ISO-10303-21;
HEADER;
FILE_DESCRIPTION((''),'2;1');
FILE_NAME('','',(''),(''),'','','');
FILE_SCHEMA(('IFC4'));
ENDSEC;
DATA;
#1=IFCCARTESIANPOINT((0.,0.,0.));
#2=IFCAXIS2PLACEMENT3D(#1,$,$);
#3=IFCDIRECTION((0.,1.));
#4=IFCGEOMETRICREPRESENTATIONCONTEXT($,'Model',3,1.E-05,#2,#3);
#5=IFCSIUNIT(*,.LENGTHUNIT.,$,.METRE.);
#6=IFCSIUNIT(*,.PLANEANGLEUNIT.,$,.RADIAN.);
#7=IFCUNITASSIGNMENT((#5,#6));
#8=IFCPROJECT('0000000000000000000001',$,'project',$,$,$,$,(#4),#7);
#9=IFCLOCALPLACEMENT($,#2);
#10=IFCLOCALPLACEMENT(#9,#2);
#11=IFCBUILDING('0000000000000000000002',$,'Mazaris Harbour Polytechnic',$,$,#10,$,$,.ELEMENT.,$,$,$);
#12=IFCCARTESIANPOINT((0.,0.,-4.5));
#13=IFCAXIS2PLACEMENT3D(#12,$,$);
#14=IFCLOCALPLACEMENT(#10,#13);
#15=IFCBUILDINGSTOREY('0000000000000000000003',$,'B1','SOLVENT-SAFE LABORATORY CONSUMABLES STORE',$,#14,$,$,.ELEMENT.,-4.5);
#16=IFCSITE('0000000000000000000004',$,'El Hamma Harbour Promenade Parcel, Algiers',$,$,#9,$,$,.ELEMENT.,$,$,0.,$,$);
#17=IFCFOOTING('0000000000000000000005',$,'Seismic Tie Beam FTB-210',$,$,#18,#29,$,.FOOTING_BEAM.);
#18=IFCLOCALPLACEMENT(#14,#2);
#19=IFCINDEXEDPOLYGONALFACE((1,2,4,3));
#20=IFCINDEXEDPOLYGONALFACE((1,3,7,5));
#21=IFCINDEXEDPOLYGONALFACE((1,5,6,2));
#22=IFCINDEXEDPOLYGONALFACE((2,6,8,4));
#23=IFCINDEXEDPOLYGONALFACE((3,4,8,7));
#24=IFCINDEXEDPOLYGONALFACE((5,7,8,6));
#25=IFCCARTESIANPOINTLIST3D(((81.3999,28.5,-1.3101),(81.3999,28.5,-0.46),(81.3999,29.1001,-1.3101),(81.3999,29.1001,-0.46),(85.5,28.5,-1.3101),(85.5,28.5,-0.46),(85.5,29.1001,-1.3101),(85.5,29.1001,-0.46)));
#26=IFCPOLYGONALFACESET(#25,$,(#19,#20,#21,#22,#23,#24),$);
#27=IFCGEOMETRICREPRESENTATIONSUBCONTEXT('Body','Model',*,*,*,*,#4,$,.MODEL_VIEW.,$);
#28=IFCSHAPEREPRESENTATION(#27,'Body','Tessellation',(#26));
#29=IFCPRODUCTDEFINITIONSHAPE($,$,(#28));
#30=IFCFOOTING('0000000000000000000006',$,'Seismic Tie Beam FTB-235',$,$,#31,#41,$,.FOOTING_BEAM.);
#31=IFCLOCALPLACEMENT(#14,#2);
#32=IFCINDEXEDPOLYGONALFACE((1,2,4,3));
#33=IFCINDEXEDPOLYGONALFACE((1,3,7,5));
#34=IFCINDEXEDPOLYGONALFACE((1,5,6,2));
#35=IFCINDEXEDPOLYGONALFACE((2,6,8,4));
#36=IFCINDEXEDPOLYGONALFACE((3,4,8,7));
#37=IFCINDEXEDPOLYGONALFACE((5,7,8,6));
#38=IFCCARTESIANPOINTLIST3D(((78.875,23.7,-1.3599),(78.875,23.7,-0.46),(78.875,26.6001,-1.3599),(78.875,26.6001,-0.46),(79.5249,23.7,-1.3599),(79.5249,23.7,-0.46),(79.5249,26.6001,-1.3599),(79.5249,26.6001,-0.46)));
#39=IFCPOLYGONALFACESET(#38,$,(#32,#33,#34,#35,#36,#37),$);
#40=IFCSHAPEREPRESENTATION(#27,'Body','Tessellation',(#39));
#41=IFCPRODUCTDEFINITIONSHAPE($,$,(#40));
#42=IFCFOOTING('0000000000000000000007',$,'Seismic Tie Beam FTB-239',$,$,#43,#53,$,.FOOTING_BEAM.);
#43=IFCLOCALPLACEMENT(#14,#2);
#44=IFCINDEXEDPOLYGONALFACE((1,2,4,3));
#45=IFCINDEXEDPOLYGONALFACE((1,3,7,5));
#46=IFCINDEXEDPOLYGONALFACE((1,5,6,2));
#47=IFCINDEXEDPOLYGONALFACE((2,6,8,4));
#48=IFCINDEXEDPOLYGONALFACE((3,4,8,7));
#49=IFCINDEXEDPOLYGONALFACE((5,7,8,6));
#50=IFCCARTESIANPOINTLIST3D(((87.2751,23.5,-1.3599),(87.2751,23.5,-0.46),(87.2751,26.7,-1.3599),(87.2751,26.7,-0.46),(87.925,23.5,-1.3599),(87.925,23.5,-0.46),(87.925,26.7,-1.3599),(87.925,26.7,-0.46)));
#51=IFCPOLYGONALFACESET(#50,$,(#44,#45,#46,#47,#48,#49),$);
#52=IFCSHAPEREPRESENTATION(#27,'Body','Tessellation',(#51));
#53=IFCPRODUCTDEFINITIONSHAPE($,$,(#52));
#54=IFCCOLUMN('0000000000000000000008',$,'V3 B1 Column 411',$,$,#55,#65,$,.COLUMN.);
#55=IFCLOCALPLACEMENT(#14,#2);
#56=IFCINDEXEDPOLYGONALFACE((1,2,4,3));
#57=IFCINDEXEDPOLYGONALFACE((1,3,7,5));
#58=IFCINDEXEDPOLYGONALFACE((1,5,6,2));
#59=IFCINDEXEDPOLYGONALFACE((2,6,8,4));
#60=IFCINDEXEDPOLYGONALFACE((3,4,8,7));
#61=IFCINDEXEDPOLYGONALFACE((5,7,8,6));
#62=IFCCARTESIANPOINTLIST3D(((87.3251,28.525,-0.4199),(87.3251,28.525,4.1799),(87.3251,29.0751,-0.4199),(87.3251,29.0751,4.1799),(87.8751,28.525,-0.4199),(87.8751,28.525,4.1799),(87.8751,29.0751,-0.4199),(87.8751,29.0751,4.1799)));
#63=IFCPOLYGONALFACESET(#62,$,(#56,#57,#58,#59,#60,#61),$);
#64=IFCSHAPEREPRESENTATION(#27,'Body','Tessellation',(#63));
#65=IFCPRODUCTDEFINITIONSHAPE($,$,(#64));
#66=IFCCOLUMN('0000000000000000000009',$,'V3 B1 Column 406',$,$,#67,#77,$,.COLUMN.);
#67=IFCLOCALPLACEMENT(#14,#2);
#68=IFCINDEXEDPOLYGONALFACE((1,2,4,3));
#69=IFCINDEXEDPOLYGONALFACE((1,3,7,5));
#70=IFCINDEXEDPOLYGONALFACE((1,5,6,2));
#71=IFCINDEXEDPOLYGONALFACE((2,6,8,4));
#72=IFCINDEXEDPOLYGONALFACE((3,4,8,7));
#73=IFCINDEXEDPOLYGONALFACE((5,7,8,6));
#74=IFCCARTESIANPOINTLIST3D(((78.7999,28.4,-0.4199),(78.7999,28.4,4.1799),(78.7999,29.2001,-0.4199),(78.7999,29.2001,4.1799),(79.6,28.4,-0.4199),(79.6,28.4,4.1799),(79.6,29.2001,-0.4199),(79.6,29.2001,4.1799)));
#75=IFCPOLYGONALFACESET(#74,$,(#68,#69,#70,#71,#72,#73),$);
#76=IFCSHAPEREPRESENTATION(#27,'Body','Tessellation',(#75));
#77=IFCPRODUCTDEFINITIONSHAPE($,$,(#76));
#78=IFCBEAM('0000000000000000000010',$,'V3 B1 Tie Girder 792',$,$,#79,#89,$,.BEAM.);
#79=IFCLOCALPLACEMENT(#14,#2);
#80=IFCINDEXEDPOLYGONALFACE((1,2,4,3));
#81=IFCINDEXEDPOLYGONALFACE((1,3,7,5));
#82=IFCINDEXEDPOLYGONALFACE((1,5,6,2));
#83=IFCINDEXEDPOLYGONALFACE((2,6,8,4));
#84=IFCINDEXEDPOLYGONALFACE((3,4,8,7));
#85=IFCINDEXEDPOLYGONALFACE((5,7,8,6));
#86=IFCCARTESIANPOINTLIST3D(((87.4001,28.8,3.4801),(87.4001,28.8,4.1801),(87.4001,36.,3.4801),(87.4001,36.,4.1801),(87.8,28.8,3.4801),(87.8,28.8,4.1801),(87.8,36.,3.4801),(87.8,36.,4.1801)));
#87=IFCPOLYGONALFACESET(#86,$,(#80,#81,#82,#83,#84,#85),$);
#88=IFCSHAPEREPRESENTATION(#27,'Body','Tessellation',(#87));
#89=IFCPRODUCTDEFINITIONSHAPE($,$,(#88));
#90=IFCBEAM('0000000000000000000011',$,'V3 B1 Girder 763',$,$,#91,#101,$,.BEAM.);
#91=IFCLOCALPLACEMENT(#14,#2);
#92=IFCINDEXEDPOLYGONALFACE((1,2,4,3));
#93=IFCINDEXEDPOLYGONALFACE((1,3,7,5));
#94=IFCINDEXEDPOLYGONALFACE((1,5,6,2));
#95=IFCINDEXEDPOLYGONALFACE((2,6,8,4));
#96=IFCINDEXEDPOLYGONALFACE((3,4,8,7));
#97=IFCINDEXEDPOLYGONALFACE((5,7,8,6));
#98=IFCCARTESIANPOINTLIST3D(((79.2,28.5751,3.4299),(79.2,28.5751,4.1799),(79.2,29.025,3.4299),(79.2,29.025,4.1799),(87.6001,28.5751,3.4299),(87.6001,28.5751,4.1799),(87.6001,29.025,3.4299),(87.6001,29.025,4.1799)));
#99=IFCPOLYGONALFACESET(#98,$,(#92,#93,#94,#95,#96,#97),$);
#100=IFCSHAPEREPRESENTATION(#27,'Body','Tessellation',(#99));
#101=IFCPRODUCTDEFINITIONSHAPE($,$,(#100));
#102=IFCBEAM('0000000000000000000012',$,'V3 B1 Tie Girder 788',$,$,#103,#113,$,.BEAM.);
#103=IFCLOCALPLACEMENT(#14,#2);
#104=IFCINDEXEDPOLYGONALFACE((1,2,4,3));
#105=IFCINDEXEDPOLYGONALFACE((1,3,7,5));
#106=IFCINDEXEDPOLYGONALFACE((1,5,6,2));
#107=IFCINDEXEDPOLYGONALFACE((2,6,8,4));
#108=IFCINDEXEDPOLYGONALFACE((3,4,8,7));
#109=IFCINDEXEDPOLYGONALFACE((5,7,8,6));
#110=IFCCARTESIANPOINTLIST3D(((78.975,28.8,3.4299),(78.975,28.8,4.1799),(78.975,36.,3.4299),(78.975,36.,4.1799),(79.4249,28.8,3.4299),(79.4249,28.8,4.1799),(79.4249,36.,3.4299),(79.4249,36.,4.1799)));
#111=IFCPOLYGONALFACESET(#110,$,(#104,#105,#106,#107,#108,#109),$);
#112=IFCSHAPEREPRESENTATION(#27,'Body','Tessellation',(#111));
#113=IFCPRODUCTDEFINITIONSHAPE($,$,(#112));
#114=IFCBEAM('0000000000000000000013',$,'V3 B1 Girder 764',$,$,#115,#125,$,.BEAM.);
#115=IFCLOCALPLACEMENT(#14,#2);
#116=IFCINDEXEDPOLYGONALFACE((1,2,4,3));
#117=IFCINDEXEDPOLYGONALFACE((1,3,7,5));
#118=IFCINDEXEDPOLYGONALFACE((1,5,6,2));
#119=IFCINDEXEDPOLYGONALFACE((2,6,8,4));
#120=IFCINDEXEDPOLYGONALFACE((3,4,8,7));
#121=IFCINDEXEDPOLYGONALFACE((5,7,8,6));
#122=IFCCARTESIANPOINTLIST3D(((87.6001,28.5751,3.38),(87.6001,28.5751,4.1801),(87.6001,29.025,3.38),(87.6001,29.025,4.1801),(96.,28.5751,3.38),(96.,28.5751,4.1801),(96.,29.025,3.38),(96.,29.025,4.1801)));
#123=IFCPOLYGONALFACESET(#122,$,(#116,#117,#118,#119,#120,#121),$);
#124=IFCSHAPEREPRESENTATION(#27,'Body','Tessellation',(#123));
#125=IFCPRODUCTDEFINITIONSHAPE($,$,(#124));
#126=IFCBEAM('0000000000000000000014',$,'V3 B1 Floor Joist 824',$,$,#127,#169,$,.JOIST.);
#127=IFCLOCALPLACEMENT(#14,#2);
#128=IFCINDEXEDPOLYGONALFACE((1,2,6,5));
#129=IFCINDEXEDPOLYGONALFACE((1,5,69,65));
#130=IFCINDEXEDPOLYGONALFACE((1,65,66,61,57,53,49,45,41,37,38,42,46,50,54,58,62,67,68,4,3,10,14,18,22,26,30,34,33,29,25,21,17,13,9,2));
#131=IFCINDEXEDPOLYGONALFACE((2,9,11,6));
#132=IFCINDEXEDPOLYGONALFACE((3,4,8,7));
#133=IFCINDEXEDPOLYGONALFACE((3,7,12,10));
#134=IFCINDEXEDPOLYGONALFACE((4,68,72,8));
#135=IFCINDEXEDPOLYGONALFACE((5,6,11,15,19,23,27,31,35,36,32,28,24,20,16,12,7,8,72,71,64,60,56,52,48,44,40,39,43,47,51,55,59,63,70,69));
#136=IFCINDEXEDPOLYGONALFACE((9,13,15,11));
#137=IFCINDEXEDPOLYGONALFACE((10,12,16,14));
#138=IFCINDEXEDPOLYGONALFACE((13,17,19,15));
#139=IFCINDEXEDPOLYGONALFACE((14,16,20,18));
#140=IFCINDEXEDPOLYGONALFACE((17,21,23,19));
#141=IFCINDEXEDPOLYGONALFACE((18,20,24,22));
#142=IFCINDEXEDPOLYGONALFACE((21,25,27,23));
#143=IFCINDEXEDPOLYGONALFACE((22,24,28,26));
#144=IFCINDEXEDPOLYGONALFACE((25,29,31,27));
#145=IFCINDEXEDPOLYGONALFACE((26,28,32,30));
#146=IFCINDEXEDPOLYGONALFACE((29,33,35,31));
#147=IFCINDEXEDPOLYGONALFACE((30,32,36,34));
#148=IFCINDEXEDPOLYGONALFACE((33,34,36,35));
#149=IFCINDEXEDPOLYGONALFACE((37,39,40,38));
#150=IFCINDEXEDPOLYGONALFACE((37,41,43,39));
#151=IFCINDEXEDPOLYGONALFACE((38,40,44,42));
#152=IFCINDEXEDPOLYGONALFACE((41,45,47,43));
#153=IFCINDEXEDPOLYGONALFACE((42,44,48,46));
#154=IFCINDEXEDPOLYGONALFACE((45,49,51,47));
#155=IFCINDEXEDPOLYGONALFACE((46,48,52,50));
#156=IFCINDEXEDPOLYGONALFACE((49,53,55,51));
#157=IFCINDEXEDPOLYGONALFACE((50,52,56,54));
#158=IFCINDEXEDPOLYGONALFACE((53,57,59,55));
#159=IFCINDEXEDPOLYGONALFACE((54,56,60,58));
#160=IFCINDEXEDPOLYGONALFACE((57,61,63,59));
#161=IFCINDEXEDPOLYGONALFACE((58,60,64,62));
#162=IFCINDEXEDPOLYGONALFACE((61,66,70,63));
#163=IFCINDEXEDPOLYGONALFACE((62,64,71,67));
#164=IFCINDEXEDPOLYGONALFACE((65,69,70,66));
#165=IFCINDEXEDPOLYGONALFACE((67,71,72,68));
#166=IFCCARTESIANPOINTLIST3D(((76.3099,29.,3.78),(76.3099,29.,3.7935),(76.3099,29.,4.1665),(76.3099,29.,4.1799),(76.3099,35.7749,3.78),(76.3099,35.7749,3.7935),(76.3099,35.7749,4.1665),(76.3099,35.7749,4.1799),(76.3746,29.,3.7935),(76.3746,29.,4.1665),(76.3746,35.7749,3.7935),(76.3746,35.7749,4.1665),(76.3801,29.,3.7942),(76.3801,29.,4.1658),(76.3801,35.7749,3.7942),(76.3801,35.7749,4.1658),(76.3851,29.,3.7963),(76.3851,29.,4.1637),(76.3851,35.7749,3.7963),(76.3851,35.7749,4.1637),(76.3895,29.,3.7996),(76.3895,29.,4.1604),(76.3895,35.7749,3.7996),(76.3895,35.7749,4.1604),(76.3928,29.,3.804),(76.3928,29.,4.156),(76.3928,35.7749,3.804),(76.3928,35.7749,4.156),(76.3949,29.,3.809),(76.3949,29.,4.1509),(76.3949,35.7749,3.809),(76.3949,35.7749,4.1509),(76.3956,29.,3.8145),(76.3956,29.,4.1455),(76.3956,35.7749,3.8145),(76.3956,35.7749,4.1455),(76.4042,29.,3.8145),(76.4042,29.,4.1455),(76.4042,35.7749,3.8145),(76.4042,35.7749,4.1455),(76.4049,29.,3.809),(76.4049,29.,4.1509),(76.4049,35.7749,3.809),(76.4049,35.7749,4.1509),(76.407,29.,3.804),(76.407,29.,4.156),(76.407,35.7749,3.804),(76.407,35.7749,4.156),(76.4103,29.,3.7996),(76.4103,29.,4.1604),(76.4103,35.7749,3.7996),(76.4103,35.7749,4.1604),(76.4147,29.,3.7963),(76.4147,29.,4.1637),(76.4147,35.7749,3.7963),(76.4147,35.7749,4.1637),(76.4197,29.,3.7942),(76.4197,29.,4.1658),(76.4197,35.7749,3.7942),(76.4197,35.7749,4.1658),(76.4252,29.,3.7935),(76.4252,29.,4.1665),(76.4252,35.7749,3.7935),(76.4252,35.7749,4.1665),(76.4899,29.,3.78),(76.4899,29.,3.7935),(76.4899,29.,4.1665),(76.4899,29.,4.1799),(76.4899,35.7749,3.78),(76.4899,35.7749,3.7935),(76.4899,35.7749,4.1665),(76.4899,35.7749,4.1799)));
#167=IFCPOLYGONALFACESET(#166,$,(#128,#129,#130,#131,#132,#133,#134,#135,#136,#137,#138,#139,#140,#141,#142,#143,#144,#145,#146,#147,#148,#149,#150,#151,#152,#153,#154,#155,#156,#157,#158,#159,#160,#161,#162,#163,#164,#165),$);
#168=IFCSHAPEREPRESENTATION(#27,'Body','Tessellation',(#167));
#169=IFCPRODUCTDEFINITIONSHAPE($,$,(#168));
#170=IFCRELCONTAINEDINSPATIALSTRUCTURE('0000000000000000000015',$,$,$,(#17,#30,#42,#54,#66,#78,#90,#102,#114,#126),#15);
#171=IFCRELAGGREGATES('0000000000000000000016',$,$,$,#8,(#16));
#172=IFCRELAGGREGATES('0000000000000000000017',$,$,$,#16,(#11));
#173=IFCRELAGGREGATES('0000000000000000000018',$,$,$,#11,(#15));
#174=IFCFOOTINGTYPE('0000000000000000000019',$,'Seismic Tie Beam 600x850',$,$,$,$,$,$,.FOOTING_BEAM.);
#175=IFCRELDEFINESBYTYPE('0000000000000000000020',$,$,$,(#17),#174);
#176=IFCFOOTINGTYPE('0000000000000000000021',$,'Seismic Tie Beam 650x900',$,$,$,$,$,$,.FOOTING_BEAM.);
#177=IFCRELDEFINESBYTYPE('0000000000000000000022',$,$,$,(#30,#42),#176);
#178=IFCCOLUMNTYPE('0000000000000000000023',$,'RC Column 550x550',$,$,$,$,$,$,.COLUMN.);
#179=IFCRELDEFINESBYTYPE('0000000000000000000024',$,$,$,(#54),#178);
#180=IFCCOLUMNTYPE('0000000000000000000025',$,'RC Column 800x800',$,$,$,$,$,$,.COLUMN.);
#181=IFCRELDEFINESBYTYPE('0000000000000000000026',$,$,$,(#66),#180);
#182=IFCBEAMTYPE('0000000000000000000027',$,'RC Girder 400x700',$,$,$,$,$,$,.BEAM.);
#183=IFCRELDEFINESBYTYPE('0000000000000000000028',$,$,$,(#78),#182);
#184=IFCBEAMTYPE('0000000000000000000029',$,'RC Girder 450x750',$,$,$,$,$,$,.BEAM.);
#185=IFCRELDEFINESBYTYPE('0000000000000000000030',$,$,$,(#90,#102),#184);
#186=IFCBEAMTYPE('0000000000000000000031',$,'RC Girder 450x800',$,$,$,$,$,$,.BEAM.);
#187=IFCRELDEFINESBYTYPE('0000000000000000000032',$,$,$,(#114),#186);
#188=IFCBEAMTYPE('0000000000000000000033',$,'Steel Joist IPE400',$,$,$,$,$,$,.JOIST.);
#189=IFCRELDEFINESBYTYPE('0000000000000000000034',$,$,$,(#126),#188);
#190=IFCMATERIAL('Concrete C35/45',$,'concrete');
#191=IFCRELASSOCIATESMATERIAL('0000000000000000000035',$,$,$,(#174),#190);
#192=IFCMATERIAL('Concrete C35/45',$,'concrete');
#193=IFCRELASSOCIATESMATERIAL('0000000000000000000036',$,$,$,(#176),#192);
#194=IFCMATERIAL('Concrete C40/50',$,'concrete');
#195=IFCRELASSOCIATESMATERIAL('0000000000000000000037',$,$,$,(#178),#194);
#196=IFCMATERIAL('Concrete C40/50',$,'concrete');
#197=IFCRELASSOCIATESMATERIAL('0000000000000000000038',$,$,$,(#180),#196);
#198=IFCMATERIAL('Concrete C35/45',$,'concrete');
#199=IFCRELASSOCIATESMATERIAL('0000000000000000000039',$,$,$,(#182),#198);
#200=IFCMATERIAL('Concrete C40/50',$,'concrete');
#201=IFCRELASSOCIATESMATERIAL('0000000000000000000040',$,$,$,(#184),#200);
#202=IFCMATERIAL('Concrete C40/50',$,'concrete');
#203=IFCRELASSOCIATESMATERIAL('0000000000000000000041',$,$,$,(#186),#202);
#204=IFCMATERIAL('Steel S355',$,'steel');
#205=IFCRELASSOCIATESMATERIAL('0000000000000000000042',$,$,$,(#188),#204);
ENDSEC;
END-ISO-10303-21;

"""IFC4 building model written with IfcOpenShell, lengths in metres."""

from ifc_helpers import new_model, si_unit, direction, frame, origin, origin_2d, place, context, subcontext, project, spatial, rectangle, i_section, extrude, material, material_profile, profile_set, type_object, element, save


model = new_model("IFC4")

# Units and contexts
model_context = context("Model", 3, precision=1e-05, world=origin(), true_north=direction((0.0, 1.0)))
body_context = subcontext(model_context, "Body", "Model", "MODEL_VIEW")
ifc_project = project(units=[si_unit("LENGTHUNIT", "METRE"), si_unit("PLANEANGLEUNIT", "RADIAN")], contexts=[model_context])

# Site, building, storey
site_placement = place(None, origin())
site = spatial("IfcSite", under=ifc_project, at=site_placement, Name="El Hamma Harbour Promenade Parcel, Algiers", CompositionType="ELEMENT", RefElevation=0.0)
building_placement = place(site_placement, origin())
building = spatial("IfcBuilding", under=site, at=building_placement, Name="Mazaris Harbour Polytechnic", CompositionType="ELEMENT")
storey_placement = place(building_placement, frame((0.0, 0.0, -4.5)))
storey = spatial("IfcBuildingStorey", under=building, at=storey_placement, Name="B1", Description="SOLVENT-SAFE LABORATORY CONSUMABLES STORE", CompositionType="ELEMENT", Elevation=-4.5)

# Footings
ifc_material_1 = material(Name="Concrete C35/45", Category="concrete")
ifc_material_profile_1 = material_profile(ifc_material_1, rectangle(XDim=0.6001, YDim=0.8501, at=origin_2d()), Name="RECT600x850")
ifc_profile_set_1 = profile_set([ifc_material_profile_1], Name="Concrete C35/45")
footing_type_1 = type_object("IfcFootingType", Name="Seismic Tie Beam 600x850", PredefinedType="FOOTING_BEAM", material=ifc_profile_set_1)
footing_1_placement = place(storey_placement, frame((81.3999, 28.8, -0.885), z_axis=(1.0, 0.0, 0.0), x_axis=(0.0, 1.0, 0.0)))
element("IfcFooting", 1, at=footing_1_placement, inside=storey, type_object=footing_type_1, Name="Seismic Tie Beam FTB-210", PredefinedType="FOOTING_BEAM", context=body_context, shape_type="SweptSolid", body=[
    extrude(rectangle(XDim=0.6001, YDim=0.8501, at=origin_2d()), origin(), (0.0, 0.0, 1.0), 4.1001),
])
ifc_material_2 = material(Name="Concrete C35/45", Category="concrete")
ifc_material_profile_2 = material_profile(ifc_material_2, rectangle(XDim=0.6499, YDim=0.8999, at=origin_2d()), Name="RECT650x900")
ifc_profile_set_2 = profile_set([ifc_material_profile_2], Name="Concrete C35/45")
footing_type_2 = type_object("IfcFootingType", Name="Seismic Tie Beam 650x900", PredefinedType="FOOTING_BEAM", material=ifc_profile_set_2)
footing_2_placement = place(storey_placement, frame((79.2, 23.7, -0.9099), z_axis=(0.0, 1.0, 0.0), x_axis=(-1.0, 0.0, 0.0)))
element("IfcFooting", 2, at=footing_2_placement, inside=storey, type_object=footing_type_2, Name="Seismic Tie Beam FTB-235", PredefinedType="FOOTING_BEAM", context=body_context, shape_type="SweptSolid", body=[
    extrude(rectangle(XDim=0.6499, YDim=0.8999, at=origin_2d()), origin(), (0.0, 0.0, 1.0), 2.9001),
])
footing_3_placement = place(storey_placement, frame((87.6001, 23.5, -0.9099), z_axis=(0.0, 1.0, 0.0), x_axis=(-1.0, 0.0, 0.0)))
element("IfcFooting", 3, at=footing_3_placement, inside=storey, type_object=footing_type_2, Name="Seismic Tie Beam FTB-239", PredefinedType="FOOTING_BEAM", context=body_context, shape_type="SweptSolid", body=[
    extrude(rectangle(XDim=0.6499, YDim=0.8999, at=origin_2d()), origin(), (0.0, 0.0, 1.0), 3.2),
])

# Columns
ifc_material_3 = material(Name="Concrete C40/50", Category="concrete")
ifc_material_profile_3 = material_profile(ifc_material_3, rectangle(XDim=0.55, YDim=0.55, at=origin_2d()), Name="RECT550x550")
ifc_profile_set_3 = profile_set([ifc_material_profile_3], Name="Concrete C40/50")
column_type_1 = type_object("IfcColumnType", Name="RC Column 550x550", PredefinedType="COLUMN", material=ifc_profile_set_3)
column_1_placement = place(storey_placement, frame((87.6001, 28.8, -0.4199), z_axis=(0.0, 0.0, 1.0), x_axis=(1.0, 0.0, 0.0)))
element("IfcColumn", 4, at=column_1_placement, inside=storey, type_object=column_type_1, Name="V3 B1 Column 411", PredefinedType="COLUMN", context=body_context, shape_type="SweptSolid", body=[
    extrude(rectangle(XDim=0.55, YDim=0.55, at=origin_2d()), origin(), (0.0, 0.0, 1.0), 4.5999),
])
ifc_material_4 = material(Name="Concrete C40/50", Category="concrete")
ifc_material_profile_4 = material_profile(ifc_material_4, rectangle(XDim=0.8, YDim=0.8, at=origin_2d()), Name="RECT800x800")
ifc_profile_set_4 = profile_set([ifc_material_profile_4], Name="Concrete C40/50")
column_type_2 = type_object("IfcColumnType", Name="RC Column 800x800", PredefinedType="COLUMN", material=ifc_profile_set_4)
column_2_placement = place(storey_placement, frame((79.2, 28.8, -0.4199), z_axis=(0.0, 0.0, 1.0), x_axis=(1.0, 0.0, 0.0)))
element("IfcColumn", 5, at=column_2_placement, inside=storey, type_object=column_type_2, Name="V3 B1 Column 406", PredefinedType="COLUMN", context=body_context, shape_type="SweptSolid", body=[
    extrude(rectangle(XDim=0.8, YDim=0.8, at=origin_2d()), origin(), (0.0, 0.0, 1.0), 4.5999),
])

# Beams
ifc_material_5 = material(Name="Concrete C35/45", Category="concrete")
ifc_material_profile_5 = material_profile(ifc_material_5, rectangle(XDim=0.3999, YDim=0.7, at=origin_2d()), Name="RECT400x700")
ifc_profile_set_5 = profile_set([ifc_material_profile_5], Name="Concrete C35/45")
beam_type_1 = type_object("IfcBeamType", Name="RC Girder 400x700", PredefinedType="BEAM", material=ifc_profile_set_5)
beam_1_placement = place(storey_placement, frame((87.6001, 28.8, 3.8301), z_axis=(0.0, 1.0, 0.0), x_axis=(-1.0, 0.0, 0.0)))
element("IfcBeam", 6, at=beam_1_placement, inside=storey, type_object=beam_type_1, Name="V3 B1 Tie Girder 792", PredefinedType="BEAM", context=body_context, shape_type="SweptSolid", body=[
    extrude(rectangle(XDim=0.3999, YDim=0.7, at=origin_2d()), origin(), (0.0, 0.0, 1.0), 7.2),
])
ifc_material_6 = material(Name="Concrete C40/50", Category="concrete")
ifc_material_profile_6 = material_profile(ifc_material_6, rectangle(XDim=0.45, YDim=0.75, at=origin_2d()), Name="RECT450x750")
ifc_profile_set_6 = profile_set([ifc_material_profile_6], Name="Concrete C40/50")
beam_type_2 = type_object("IfcBeamType", Name="RC Girder 450x750", PredefinedType="BEAM", material=ifc_profile_set_6)
beam_2_placement = place(storey_placement, frame((79.2, 28.8, 3.8049), z_axis=(1.0, 0.0, 0.0), x_axis=(0.0, 1.0, 0.0)))
element("IfcBeam", 7, at=beam_2_placement, inside=storey, type_object=beam_type_2, Name="V3 B1 Girder 763", PredefinedType="BEAM", context=body_context, shape_type="SweptSolid", body=[
    extrude(rectangle(XDim=0.45, YDim=0.75, at=origin_2d()), origin(), (0.0, 0.0, 1.0), 8.4001),
])
beam_3_placement = place(storey_placement, frame((79.2, 28.8, 3.8049), z_axis=(0.0, 1.0, 0.0), x_axis=(-1.0, 0.0, 0.0)))
element("IfcBeam", 8, at=beam_3_placement, inside=storey, type_object=beam_type_2, Name="V3 B1 Tie Girder 788", PredefinedType="BEAM", context=body_context, shape_type="SweptSolid", body=[
    extrude(rectangle(XDim=0.45, YDim=0.75, at=origin_2d()), origin(), (0.0, 0.0, 1.0), 7.2),
])
ifc_material_7 = material(Name="Concrete C40/50", Category="concrete")
ifc_material_profile_7 = material_profile(ifc_material_7, rectangle(XDim=0.45, YDim=0.8, at=origin_2d()), Name="RECT450x800")
ifc_profile_set_7 = profile_set([ifc_material_profile_7], Name="Concrete C40/50")
beam_type_3 = type_object("IfcBeamType", Name="RC Girder 450x800", PredefinedType="BEAM", material=ifc_profile_set_7)
beam_4_placement = place(storey_placement, frame((87.6001, 28.8, 3.78), z_axis=(1.0, 0.0, 0.0), x_axis=(0.0, 1.0, 0.0)))
element("IfcBeam", 9, at=beam_4_placement, inside=storey, type_object=beam_type_3, Name="V3 B1 Girder 764", PredefinedType="BEAM", context=body_context, shape_type="SweptSolid", body=[
    extrude(rectangle(XDim=0.45, YDim=0.8, at=origin_2d()), origin(), (0.0, 0.0, 1.0), 8.3999),
])
ifc_material_8 = material(Name="Steel S355", Category="steel")
ifc_material_profile_8 = material_profile(ifc_material_8, i_section(OverallWidth=0.1799, OverallDepth=0.3999, WebThickness=0.0085, FlangeThickness=0.0134, FilletRadius=0.021, at=origin_2d()), Name="IPE 400")
ifc_profile_set_8 = profile_set([ifc_material_profile_8], Name="Steel S355")
beam_type_4 = type_object("IfcBeamType", Name="Steel Joist IPE400", PredefinedType="JOIST", material=ifc_profile_set_8)
beam_5_placement = place(storey_placement, frame((76.3999, 29.0, 3.98), z_axis=(0.0, 1.0, 0.0), x_axis=(-1.0, 0.0, 0.0)))
element("IfcBeam", 10, at=beam_5_placement, inside=storey, type_object=beam_type_4, Name="V3 B1 Floor Joist 824", PredefinedType="JOIST", context=body_context, shape_type="SweptSolid", body=[
    extrude(i_section(OverallWidth=0.1799, OverallDepth=0.3999, WebThickness=0.0085, FlangeThickness=0.0134, FilletRadius=0.021, at=origin_2d()), origin(), (0.0, 0.0, 1.0), 6.7749),
])

save(model, "model.ifc")
